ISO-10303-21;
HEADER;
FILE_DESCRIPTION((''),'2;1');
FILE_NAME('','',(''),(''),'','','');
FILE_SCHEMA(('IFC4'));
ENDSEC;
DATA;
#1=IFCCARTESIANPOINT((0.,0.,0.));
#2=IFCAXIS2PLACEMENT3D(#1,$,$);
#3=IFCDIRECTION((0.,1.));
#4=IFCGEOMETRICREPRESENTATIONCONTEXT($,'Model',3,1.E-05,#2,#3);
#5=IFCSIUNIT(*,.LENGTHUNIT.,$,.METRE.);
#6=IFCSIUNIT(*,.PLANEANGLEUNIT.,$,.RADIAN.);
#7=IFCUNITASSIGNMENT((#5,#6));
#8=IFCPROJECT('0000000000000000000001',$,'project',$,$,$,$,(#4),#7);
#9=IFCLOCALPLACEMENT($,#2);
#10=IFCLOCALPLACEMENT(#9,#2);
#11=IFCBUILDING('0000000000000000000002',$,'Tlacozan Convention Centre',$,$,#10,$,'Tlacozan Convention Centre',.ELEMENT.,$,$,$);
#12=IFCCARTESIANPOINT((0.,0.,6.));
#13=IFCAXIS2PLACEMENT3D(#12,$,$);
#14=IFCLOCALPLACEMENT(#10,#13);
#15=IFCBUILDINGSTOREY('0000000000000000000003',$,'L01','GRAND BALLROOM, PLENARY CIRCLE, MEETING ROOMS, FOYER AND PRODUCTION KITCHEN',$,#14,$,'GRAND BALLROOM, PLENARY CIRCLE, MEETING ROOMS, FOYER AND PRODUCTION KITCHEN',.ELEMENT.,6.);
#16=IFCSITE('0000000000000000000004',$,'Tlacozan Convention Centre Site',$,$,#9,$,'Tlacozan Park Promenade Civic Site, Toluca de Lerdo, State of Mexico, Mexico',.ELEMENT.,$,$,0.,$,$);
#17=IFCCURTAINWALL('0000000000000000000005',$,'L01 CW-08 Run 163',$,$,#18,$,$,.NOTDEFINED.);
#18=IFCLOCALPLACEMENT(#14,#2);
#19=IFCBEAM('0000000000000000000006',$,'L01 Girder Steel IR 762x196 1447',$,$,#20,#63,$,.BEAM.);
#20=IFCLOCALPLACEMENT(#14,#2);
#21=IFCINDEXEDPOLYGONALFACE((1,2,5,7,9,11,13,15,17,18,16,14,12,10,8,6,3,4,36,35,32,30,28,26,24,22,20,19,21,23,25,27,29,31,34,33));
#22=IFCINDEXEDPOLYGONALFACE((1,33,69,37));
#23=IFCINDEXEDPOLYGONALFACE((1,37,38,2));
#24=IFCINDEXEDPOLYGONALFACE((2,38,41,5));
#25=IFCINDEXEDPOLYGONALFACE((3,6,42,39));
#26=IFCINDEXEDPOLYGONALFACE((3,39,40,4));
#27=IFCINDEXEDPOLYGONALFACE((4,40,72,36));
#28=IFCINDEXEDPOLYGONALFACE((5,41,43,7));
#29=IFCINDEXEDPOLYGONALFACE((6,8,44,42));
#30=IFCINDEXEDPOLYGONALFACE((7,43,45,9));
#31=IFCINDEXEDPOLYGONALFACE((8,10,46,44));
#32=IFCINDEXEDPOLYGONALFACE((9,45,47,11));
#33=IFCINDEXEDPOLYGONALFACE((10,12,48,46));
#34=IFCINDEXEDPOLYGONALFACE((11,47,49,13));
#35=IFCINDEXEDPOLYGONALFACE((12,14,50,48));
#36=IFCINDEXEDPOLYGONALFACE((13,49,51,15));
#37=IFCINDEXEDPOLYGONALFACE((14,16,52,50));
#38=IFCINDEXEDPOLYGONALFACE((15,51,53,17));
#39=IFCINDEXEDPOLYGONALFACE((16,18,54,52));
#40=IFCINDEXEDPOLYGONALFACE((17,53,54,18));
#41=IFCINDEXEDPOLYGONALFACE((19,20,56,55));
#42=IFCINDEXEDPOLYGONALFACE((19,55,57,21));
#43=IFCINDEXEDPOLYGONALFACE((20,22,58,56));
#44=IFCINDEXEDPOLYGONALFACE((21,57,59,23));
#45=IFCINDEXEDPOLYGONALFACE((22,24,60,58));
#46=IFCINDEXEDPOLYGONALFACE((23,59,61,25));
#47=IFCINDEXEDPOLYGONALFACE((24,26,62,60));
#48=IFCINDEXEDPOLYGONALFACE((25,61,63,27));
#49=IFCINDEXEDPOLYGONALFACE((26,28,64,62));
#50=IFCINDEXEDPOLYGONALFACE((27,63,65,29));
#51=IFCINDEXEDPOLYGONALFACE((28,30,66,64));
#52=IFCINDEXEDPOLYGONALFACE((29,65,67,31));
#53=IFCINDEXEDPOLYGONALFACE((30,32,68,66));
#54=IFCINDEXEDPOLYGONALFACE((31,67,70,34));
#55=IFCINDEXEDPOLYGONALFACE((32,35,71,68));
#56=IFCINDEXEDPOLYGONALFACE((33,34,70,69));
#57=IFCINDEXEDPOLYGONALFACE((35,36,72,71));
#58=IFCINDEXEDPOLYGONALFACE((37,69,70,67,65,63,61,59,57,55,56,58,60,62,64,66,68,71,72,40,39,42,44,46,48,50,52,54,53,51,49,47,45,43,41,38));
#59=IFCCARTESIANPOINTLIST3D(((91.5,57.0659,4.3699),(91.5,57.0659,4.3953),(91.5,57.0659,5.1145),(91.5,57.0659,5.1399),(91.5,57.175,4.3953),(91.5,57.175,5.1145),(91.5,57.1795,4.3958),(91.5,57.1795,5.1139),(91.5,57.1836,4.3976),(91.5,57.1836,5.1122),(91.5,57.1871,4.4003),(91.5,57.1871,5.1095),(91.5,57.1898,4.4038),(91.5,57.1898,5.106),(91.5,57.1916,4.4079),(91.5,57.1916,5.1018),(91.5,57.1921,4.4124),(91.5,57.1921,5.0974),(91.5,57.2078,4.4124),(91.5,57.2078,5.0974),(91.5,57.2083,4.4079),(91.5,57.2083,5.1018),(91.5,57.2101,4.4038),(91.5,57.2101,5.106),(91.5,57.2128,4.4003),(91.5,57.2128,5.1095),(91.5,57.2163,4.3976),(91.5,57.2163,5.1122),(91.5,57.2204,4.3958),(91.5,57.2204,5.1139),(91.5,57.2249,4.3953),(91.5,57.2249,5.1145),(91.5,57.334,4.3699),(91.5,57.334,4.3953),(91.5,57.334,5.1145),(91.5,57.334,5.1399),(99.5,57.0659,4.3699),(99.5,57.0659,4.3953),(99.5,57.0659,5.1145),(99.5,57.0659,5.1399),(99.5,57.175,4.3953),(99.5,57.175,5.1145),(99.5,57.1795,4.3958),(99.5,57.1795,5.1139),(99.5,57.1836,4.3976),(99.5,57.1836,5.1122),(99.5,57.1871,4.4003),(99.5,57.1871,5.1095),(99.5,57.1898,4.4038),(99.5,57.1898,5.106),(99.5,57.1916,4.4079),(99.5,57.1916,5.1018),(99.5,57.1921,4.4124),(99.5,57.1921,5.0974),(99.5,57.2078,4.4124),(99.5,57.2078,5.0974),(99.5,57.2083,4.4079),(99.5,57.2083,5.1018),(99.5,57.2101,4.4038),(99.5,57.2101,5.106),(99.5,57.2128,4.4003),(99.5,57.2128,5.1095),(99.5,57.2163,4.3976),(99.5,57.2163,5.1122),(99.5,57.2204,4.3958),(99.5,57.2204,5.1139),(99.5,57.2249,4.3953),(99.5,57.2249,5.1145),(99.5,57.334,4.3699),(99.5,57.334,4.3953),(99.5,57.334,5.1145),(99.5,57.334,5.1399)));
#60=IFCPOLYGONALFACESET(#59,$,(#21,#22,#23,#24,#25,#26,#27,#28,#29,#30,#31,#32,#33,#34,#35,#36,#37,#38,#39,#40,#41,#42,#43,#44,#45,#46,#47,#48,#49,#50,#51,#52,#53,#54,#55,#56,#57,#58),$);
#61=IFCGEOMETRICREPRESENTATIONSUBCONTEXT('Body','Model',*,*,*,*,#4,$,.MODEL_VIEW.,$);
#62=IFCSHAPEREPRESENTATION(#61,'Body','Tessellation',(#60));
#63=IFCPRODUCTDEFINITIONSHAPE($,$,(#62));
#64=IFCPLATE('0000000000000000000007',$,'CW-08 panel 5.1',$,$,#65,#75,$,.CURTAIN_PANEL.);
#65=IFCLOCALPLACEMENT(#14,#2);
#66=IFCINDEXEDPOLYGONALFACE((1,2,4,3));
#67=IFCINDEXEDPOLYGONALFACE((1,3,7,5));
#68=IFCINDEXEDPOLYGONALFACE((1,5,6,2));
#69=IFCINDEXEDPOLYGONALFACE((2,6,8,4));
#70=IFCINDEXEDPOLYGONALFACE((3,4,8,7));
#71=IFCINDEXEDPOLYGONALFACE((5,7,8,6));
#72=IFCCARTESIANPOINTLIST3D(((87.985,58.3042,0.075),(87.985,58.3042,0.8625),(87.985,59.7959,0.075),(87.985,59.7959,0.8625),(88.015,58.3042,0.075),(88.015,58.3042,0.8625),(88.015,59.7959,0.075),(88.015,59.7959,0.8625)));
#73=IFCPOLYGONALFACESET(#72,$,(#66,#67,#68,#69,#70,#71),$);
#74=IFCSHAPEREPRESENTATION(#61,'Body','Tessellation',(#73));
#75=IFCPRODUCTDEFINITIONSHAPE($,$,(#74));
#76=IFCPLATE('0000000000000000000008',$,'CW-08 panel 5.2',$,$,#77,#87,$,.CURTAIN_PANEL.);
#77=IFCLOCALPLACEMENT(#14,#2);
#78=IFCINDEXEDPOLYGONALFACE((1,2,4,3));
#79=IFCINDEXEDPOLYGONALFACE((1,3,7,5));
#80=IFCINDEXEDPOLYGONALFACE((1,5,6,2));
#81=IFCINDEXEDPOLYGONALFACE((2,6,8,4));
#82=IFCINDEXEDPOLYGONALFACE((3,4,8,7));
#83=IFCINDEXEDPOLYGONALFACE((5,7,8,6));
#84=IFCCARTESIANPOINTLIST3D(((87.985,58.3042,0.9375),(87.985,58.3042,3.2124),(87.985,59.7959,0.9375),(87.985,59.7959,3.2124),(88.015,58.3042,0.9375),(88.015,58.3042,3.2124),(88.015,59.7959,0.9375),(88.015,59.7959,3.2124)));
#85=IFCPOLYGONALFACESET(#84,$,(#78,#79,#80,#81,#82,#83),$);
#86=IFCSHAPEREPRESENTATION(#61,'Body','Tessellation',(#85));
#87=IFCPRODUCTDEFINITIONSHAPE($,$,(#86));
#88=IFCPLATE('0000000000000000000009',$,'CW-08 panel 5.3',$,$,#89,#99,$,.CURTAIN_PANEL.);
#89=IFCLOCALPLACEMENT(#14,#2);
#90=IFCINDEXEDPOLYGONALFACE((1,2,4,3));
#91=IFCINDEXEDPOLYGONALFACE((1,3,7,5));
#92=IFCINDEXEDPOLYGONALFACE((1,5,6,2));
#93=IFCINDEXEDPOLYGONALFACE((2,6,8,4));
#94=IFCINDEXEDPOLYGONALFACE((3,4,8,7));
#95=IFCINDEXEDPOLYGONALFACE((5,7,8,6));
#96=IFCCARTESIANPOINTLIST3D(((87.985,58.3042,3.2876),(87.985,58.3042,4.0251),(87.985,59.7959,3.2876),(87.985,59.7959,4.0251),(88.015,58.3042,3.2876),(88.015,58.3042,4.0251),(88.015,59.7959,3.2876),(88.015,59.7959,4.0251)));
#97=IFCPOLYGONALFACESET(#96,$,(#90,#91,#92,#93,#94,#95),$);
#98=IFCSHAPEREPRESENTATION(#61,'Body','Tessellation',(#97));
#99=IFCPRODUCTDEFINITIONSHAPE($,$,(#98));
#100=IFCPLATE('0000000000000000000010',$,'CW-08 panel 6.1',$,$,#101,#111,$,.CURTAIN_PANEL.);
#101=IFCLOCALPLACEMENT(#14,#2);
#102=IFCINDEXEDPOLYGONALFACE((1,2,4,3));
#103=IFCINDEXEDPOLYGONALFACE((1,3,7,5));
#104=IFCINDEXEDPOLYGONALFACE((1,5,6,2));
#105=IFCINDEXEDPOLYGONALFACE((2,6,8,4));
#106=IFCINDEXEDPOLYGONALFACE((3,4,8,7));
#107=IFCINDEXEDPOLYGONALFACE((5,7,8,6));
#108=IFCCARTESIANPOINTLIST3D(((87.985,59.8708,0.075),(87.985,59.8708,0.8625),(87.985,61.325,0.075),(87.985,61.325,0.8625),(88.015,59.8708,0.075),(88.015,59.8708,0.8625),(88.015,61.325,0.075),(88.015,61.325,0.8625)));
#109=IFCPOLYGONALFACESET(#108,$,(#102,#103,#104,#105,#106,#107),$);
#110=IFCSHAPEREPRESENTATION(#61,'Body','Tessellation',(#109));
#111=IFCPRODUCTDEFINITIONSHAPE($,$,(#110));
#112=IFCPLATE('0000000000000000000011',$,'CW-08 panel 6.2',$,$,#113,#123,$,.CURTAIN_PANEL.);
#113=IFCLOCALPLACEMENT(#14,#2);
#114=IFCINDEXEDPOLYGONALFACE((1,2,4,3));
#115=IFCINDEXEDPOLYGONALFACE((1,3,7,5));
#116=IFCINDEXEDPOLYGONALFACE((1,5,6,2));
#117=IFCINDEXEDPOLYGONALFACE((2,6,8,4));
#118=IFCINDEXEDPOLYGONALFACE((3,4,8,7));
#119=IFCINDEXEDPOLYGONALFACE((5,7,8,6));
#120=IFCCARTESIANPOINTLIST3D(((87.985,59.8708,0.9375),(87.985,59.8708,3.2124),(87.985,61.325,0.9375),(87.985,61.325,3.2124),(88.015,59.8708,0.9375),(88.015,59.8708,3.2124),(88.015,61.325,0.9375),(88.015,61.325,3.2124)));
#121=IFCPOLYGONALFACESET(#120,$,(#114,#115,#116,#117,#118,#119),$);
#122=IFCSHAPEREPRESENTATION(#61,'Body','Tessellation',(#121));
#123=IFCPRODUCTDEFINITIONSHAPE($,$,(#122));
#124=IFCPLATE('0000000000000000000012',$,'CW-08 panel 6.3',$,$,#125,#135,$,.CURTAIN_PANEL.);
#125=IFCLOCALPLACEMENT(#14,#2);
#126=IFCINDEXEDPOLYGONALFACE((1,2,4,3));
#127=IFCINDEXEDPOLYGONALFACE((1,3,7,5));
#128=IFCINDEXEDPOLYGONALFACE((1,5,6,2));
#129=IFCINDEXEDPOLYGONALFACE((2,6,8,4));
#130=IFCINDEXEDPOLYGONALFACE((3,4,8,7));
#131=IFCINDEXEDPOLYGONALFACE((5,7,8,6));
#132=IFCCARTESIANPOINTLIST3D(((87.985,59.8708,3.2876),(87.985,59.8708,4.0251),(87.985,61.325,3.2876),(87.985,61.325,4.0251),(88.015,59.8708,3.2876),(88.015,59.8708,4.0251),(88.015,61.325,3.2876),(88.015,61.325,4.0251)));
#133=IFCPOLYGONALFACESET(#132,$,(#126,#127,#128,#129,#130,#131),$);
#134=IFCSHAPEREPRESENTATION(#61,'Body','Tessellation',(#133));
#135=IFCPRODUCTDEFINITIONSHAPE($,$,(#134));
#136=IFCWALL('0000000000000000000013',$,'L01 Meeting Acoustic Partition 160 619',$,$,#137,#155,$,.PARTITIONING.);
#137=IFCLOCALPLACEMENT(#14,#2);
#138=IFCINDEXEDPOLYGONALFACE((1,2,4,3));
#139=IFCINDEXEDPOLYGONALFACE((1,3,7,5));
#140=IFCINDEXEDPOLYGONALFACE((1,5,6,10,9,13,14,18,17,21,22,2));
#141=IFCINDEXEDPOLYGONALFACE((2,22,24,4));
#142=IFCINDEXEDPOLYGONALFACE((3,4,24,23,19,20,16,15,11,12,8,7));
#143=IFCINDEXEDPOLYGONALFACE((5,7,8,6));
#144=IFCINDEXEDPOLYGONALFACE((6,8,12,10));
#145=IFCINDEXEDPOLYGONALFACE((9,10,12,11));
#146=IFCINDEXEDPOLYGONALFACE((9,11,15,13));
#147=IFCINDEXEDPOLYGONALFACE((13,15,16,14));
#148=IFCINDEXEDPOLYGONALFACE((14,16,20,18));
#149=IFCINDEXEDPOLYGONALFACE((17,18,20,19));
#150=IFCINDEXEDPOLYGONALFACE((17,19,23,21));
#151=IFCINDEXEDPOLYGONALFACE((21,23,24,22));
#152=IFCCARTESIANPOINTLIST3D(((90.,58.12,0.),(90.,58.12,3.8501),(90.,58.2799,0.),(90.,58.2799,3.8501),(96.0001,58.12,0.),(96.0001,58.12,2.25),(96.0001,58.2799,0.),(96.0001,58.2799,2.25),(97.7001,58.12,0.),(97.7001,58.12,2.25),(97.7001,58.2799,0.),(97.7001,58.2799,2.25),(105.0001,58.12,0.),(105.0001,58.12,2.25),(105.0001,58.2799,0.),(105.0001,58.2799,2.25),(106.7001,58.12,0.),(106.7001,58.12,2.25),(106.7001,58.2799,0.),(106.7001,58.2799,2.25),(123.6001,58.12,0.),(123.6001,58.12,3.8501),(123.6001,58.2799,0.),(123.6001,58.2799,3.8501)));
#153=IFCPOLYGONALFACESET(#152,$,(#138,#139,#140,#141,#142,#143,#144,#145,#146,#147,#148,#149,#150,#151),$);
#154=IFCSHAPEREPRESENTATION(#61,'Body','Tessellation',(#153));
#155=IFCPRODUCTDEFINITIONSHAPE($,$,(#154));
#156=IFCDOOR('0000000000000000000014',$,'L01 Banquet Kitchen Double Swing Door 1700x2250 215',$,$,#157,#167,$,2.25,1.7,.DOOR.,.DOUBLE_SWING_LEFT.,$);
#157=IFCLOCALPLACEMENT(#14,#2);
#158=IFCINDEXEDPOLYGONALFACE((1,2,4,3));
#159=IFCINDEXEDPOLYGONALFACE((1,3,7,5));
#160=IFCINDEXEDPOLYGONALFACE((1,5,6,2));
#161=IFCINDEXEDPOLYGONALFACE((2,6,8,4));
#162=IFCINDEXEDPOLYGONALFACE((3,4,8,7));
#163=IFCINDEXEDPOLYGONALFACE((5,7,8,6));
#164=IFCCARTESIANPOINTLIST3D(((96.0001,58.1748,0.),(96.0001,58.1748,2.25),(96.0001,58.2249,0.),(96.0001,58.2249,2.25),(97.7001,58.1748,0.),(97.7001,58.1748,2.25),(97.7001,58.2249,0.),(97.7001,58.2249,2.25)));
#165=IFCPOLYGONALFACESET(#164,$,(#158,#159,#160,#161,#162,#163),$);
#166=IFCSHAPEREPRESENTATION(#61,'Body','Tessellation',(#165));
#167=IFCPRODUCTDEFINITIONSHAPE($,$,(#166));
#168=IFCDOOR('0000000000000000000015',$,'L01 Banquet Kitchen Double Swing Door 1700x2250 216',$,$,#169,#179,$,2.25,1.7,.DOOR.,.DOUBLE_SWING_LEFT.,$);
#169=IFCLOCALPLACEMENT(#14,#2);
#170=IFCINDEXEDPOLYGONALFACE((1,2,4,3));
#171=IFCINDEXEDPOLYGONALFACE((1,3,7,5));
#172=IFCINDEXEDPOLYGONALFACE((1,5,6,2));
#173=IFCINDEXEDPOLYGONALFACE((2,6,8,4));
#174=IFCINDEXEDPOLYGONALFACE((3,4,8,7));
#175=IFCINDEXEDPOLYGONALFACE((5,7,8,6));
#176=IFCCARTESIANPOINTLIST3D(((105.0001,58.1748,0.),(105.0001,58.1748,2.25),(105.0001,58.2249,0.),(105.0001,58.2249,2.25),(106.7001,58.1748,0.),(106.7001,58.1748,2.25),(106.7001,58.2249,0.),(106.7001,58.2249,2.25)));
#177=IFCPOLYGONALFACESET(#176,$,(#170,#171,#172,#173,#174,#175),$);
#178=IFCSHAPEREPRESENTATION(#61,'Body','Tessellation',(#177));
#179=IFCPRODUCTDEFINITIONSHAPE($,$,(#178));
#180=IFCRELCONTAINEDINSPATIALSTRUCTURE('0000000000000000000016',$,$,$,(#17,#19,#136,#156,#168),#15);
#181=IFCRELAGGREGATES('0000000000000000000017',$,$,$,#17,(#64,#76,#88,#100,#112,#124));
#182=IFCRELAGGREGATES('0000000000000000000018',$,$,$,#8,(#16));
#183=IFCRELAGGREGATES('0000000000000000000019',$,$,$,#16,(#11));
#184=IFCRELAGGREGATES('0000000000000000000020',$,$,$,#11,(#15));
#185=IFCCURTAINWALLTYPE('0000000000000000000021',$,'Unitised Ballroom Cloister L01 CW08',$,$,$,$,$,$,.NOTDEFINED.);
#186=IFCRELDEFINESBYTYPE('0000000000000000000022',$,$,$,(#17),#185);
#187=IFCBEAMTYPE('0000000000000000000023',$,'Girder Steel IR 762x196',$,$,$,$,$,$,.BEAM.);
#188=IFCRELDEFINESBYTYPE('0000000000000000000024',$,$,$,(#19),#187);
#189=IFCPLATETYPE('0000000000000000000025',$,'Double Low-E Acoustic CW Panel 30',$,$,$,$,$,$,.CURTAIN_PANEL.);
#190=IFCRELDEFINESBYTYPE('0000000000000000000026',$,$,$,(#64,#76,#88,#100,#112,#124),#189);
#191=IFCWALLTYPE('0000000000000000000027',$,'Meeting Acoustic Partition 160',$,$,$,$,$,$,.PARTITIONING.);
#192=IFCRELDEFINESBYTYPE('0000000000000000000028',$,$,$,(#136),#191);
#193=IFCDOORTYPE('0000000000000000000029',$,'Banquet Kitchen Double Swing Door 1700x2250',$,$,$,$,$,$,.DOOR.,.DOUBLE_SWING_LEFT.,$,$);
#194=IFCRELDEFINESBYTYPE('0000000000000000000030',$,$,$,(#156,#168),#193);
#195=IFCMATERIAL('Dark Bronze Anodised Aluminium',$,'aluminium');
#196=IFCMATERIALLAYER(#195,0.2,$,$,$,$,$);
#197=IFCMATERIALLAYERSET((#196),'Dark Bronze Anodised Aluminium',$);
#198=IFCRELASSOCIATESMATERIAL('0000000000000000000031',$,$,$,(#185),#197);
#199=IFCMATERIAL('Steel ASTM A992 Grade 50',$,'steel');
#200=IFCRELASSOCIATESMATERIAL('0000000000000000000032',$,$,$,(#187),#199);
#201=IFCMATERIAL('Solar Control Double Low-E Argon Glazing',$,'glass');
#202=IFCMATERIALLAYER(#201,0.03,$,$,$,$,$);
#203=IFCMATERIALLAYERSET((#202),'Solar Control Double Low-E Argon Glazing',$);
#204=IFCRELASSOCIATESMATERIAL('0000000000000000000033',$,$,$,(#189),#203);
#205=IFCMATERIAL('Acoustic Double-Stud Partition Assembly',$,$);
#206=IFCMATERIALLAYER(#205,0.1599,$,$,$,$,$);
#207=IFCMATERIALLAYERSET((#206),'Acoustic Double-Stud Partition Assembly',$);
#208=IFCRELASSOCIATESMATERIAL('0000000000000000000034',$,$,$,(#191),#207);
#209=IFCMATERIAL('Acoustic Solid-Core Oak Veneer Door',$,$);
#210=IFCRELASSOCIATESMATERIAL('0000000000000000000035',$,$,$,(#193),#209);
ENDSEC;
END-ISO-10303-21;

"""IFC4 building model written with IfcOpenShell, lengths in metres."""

from ifc_helpers import new_model, si_unit, direction, frame, frame_2d, origin, origin_2d, place, context, subcontext, project, spatial, rectangle, i_section, extrude, material, layer, layer_set, material_profile, profile_set, type_object, element, fill, aggregate, save


model = new_model("IFC4")

# Units and contexts
model_context = context("Model", 3, precision=1e-05, world=origin(), true_north=direction((0.0, 1.0)))
body_context = subcontext(model_context, "Body", "Model", "MODEL_VIEW")
ifc_project = project(units=[si_unit("LENGTHUNIT", "METRE"), si_unit("PLANEANGLEUNIT", "RADIAN")], contexts=[model_context])

# Site, building, storey
site_placement = place(None, origin())
site = spatial("IfcSite", under=ifc_project, at=site_placement, Name="Tlacozan Convention Centre Site", LongName="Tlacozan Park Promenade Civic Site, Toluca de Lerdo, State of Mexico, Mexico", CompositionType="ELEMENT", RefElevation=0.0)
building_placement = place(site_placement, origin())
building = spatial("IfcBuilding", under=site, at=building_placement, Name="Tlacozan Convention Centre", LongName="Tlacozan Convention Centre", CompositionType="ELEMENT")
storey_placement = place(building_placement, frame((0.0, 0.0, 6.0)))
storey = spatial("IfcBuildingStorey", under=building, at=storey_placement, Name="L01", Description="GRAND BALLROOM, PLENARY CIRCLE, MEETING ROOMS, FOYER AND PRODUCTION KITCHEN", LongName="GRAND BALLROOM, PLENARY CIRCLE, MEETING ROOMS, FOYER AND PRODUCTION KITCHEN", CompositionType="ELEMENT", Elevation=6.0)

# Shared definitions
ifc_material_1 = material(Name="Steel ASTM A992 Grade 50", Category="steel")

# Curtain wall
ifc_material_2 = material(Name="Dark Bronze Anodised Aluminium", Category="aluminium")
ifc_layer_1 = layer(ifc_material_2, 0.2)
ifc_layer_set_1 = layer_set([ifc_layer_1], Name="Dark Bronze Anodised Aluminium")
curtain_wall_type = type_object("IfcCurtainWallType", Name="Unitised Ballroom Cloister L01 CW08", PredefinedType="NOTDEFINED", material=ifc_layer_set_1)
curtain_wall_placement = place(storey_placement, origin())
curtain_wall = element("IfcCurtainWall", 1, at=curtain_wall_placement, inside=storey, type_object=curtain_wall_type, Name="L01 CW-08 Run 163", PredefinedType="NOTDEFINED")

# Beam
ifc_material_profile_1 = material_profile(ifc_material_1, i_section(OverallWidth=0.2681, OverallDepth=0.77, WebThickness=0.0156, FlangeThickness=0.0254, FilletRadius=0.0171, at=origin_2d()), Name="IR 762x196.0")
ifc_profile_set_1 = profile_set([ifc_material_profile_1], Name="Steel ASTM A992 Grade 50")
beam_type = type_object("IfcBeamType", Name="Girder Steel IR 762x196", PredefinedType="BEAM", material=ifc_profile_set_1)
beam_placement = place(storey_placement, frame((91.5, 57.2, 4.7549), z_axis=(1.0, 0.0, 0.0), x_axis=(0.0, 1.0, 0.0)))
element("IfcBeam", 2, at=beam_placement, inside=storey, type_object=beam_type, Name="L01 Girder Steel IR 762x196 1447", PredefinedType="BEAM", context=body_context, shape_type="SweptSolid", body=[
    extrude(i_section(OverallWidth=0.2681, OverallDepth=0.77, WebThickness=0.0156, FlangeThickness=0.0254, FilletRadius=0.0171, at=origin_2d()), origin(), (0.0, 0.0, 1.0), 8.0),
])

# Plates
ifc_material_3 = material(Name="Solar Control Double Low-E Argon Glazing", Category="glass")
ifc_layer_2 = layer(ifc_material_3, 0.03)
ifc_layer_set_2 = layer_set([ifc_layer_2], Name="Solar Control Double Low-E Argon Glazing")
plate_type = type_object("IfcPlateType", Name="Double Low-E Acoustic CW Panel 30", PredefinedType="CURTAIN_PANEL", material=ifc_layer_set_2)
plate_1_placement = place(storey_placement, frame((88.0, 59.05, 0.075), z_axis=(0.0, 0.0, 1.0), x_axis=(0.0, 1.0, 0.0)))
plate_1 = element("IfcPlate", 3, at=plate_1_placement, type_object=plate_type, Name="CW-08 panel 5.1", PredefinedType="CURTAIN_PANEL", context=body_context, shape_type="SweptSolid", body=[
    extrude(rectangle(XDim=1.4917, YDim=0.03, at=origin_2d()), origin(), (0.0, 0.0, 1.0), 0.7876),
])
plate_2_placement = place(storey_placement, frame((88.0, 59.05, 0.9375), z_axis=(0.0, 0.0, 1.0), x_axis=(0.0, 1.0, 0.0)))
plate_2 = element("IfcPlate", 4, at=plate_2_placement, type_object=plate_type, Name="CW-08 panel 5.2", PredefinedType="CURTAIN_PANEL", context=body_context, shape_type="SweptSolid", body=[
    extrude(rectangle(XDim=1.4917, YDim=0.03, at=origin_2d()), origin(), (0.0, 0.0, 1.0), 2.2749),
])
plate_3_placement = place(storey_placement, frame((88.0, 59.05, 3.2876), z_axis=(0.0, 0.0, 1.0), x_axis=(0.0, 1.0, 0.0)))
plate_3 = element("IfcPlate", 5, at=plate_3_placement, type_object=plate_type, Name="CW-08 panel 5.3", PredefinedType="CURTAIN_PANEL", context=body_context, shape_type="SweptSolid", body=[
    extrude(rectangle(XDim=1.4917, YDim=0.03, at=origin_2d()), origin(), (0.0, 0.0, 1.0), 0.7375),
])
plate_4_placement = place(storey_placement, frame((88.0, 60.5979, 0.075), z_axis=(0.0, 0.0, 1.0), x_axis=(0.0, 1.0, 0.0)))
plate_4 = element("IfcPlate", 6, at=plate_4_placement, type_object=plate_type, Name="CW-08 panel 6.1", PredefinedType="CURTAIN_PANEL", context=body_context, shape_type="SweptSolid", body=[
    extrude(rectangle(XDim=1.4541, YDim=0.03, at=origin_2d()), origin(), (0.0, 0.0, 1.0), 0.7876),
])
plate_5_placement = place(storey_placement, frame((88.0, 60.5979, 0.9375), z_axis=(0.0, 0.0, 1.0), x_axis=(0.0, 1.0, 0.0)))
plate_5 = element("IfcPlate", 7, at=plate_5_placement, type_object=plate_type, Name="CW-08 panel 6.2", PredefinedType="CURTAIN_PANEL", context=body_context, shape_type="SweptSolid", body=[
    extrude(rectangle(XDim=1.4541, YDim=0.03, at=origin_2d()), origin(), (0.0, 0.0, 1.0), 2.2749),
])
plate_6_placement = place(storey_placement, frame((88.0, 60.5979, 3.2876), z_axis=(0.0, 0.0, 1.0), x_axis=(0.0, 1.0, 0.0)))
plate_6 = element("IfcPlate", 8, at=plate_6_placement, type_object=plate_type, Name="CW-08 panel 6.3", PredefinedType="CURTAIN_PANEL", context=body_context, shape_type="SweptSolid", body=[
    extrude(rectangle(XDim=1.4541, YDim=0.03, at=origin_2d()), origin(), (0.0, 0.0, 1.0), 0.7375),
])
aggregate(curtain_wall, [plate_1, plate_2, plate_3, plate_4, plate_5, plate_6])

# Wall, openings, doors
ifc_material_4 = material(Name="Acoustic Double-Stud Partition Assembly")
ifc_layer_3 = layer(ifc_material_4, 0.1599)
ifc_layer_set_3 = layer_set([ifc_layer_3], Name="Acoustic Double-Stud Partition Assembly")
wall_type_1 = type_object("IfcWallType", Name="Meeting Acoustic Partition 160", PredefinedType="PARTITIONING", material=ifc_layer_set_3)
wall_1_placement = place(storey_placement, frame((90.0, 58.2, 0.0), z_axis=(0.0, 0.0, 1.0), x_axis=(1.0, 0.0, 0.0)))
wall_1 = element("IfcWall", 9, at=wall_1_placement, inside=storey, type_object=wall_type_1, Name="L01 Meeting Acoustic Partition 160 619", PredefinedType="PARTITIONING", context=body_context, shape_type="SweptSolid", body=[
    extrude(rectangle(XDim=33.6001, YDim=0.1599, at=frame_2d((16.8, 0.0))), origin(), (0.0, 0.0, 1.0), 3.8501),
])
opening_1_placement = place(wall_1_placement, frame((6.0, 0.0, 0.0)))
opening_1 = element("IfcOpeningElement", 10, at=opening_1_placement, cuts=wall_1, PredefinedType="OPENING", context=body_context, shape_type="SweptSolid", body=[
    extrude(rectangle(XDim=1.7, YDim=2.25, at=frame_2d((0.8501, 1.125))), frame((0.0, 0.0898, 0.0), z_axis=(0.0, -1.0, 0.0), x_axis=(1.0, 0.0, 0.0)), (0.0, 0.0, 1.0), 0.1799),
])
opening_2_placement = place(wall_1_placement, frame((15.0, 0.0, 0.0)))
opening_2 = element("IfcOpeningElement", 11, at=opening_2_placement, cuts=wall_1, PredefinedType="OPENING", context=body_context, shape_type="SweptSolid", body=[
    extrude(rectangle(XDim=1.7, YDim=2.25, at=frame_2d((0.8501, 1.125))), frame((0.0, 0.0898, 0.0), z_axis=(0.0, -1.0, 0.0), x_axis=(1.0, 0.0, 0.0)), (0.0, 0.0, 1.0), 0.1799),
])
ifc_material_5 = material(Name="Acoustic Solid-Core Oak Veneer Door")
door_type_1 = type_object("IfcDoorType", Name="Banquet Kitchen Double Swing Door 1700x2250", OperationType="DOUBLE_SWING_LEFT", PredefinedType="DOOR", material=ifc_material_5)
door_1_placement = place(opening_1_placement, origin())
door_1 = element("IfcDoor", 12, at=door_1_placement, inside=storey, type_object=door_type_1, Name="L01 Banquet Kitchen Double Swing Door 1700x2250 215", OperationType="DOUBLE_SWING_LEFT", OverallHeight=2.25, OverallWidth=1.7, PredefinedType="DOOR", context=body_context, shape_type="SweptSolid", body=[
    extrude(rectangle(XDim=1.7, YDim=2.25, at=frame_2d((0.8501, 1.125))), frame((0.0, 0.0249, 0.0), z_axis=(0.0, -1.0, 0.0), x_axis=(1.0, 0.0, 0.0)), (0.0, 0.0, 1.0), 0.05),
])
fill(opening_1, door_1)
door_2_placement = place(opening_2_placement, origin())
door_2 = element("IfcDoor", 13, at=door_2_placement, inside=storey, type_object=door_type_1, Name="L01 Banquet Kitchen Double Swing Door 1700x2250 216", OperationType="DOUBLE_SWING_LEFT", OverallHeight=2.25, OverallWidth=1.7, PredefinedType="DOOR", context=body_context, shape_type="SweptSolid", body=[
    extrude(rectangle(XDim=1.7, YDim=2.25, at=frame_2d((0.8501, 1.125))), frame((0.0, 0.0249, 0.0), z_axis=(0.0, -1.0, 0.0), x_axis=(1.0, 0.0, 0.0)), (0.0, 0.0, 1.0), 0.05),
])
fill(opening_2, door_2)

save(model, "model.ifc")
